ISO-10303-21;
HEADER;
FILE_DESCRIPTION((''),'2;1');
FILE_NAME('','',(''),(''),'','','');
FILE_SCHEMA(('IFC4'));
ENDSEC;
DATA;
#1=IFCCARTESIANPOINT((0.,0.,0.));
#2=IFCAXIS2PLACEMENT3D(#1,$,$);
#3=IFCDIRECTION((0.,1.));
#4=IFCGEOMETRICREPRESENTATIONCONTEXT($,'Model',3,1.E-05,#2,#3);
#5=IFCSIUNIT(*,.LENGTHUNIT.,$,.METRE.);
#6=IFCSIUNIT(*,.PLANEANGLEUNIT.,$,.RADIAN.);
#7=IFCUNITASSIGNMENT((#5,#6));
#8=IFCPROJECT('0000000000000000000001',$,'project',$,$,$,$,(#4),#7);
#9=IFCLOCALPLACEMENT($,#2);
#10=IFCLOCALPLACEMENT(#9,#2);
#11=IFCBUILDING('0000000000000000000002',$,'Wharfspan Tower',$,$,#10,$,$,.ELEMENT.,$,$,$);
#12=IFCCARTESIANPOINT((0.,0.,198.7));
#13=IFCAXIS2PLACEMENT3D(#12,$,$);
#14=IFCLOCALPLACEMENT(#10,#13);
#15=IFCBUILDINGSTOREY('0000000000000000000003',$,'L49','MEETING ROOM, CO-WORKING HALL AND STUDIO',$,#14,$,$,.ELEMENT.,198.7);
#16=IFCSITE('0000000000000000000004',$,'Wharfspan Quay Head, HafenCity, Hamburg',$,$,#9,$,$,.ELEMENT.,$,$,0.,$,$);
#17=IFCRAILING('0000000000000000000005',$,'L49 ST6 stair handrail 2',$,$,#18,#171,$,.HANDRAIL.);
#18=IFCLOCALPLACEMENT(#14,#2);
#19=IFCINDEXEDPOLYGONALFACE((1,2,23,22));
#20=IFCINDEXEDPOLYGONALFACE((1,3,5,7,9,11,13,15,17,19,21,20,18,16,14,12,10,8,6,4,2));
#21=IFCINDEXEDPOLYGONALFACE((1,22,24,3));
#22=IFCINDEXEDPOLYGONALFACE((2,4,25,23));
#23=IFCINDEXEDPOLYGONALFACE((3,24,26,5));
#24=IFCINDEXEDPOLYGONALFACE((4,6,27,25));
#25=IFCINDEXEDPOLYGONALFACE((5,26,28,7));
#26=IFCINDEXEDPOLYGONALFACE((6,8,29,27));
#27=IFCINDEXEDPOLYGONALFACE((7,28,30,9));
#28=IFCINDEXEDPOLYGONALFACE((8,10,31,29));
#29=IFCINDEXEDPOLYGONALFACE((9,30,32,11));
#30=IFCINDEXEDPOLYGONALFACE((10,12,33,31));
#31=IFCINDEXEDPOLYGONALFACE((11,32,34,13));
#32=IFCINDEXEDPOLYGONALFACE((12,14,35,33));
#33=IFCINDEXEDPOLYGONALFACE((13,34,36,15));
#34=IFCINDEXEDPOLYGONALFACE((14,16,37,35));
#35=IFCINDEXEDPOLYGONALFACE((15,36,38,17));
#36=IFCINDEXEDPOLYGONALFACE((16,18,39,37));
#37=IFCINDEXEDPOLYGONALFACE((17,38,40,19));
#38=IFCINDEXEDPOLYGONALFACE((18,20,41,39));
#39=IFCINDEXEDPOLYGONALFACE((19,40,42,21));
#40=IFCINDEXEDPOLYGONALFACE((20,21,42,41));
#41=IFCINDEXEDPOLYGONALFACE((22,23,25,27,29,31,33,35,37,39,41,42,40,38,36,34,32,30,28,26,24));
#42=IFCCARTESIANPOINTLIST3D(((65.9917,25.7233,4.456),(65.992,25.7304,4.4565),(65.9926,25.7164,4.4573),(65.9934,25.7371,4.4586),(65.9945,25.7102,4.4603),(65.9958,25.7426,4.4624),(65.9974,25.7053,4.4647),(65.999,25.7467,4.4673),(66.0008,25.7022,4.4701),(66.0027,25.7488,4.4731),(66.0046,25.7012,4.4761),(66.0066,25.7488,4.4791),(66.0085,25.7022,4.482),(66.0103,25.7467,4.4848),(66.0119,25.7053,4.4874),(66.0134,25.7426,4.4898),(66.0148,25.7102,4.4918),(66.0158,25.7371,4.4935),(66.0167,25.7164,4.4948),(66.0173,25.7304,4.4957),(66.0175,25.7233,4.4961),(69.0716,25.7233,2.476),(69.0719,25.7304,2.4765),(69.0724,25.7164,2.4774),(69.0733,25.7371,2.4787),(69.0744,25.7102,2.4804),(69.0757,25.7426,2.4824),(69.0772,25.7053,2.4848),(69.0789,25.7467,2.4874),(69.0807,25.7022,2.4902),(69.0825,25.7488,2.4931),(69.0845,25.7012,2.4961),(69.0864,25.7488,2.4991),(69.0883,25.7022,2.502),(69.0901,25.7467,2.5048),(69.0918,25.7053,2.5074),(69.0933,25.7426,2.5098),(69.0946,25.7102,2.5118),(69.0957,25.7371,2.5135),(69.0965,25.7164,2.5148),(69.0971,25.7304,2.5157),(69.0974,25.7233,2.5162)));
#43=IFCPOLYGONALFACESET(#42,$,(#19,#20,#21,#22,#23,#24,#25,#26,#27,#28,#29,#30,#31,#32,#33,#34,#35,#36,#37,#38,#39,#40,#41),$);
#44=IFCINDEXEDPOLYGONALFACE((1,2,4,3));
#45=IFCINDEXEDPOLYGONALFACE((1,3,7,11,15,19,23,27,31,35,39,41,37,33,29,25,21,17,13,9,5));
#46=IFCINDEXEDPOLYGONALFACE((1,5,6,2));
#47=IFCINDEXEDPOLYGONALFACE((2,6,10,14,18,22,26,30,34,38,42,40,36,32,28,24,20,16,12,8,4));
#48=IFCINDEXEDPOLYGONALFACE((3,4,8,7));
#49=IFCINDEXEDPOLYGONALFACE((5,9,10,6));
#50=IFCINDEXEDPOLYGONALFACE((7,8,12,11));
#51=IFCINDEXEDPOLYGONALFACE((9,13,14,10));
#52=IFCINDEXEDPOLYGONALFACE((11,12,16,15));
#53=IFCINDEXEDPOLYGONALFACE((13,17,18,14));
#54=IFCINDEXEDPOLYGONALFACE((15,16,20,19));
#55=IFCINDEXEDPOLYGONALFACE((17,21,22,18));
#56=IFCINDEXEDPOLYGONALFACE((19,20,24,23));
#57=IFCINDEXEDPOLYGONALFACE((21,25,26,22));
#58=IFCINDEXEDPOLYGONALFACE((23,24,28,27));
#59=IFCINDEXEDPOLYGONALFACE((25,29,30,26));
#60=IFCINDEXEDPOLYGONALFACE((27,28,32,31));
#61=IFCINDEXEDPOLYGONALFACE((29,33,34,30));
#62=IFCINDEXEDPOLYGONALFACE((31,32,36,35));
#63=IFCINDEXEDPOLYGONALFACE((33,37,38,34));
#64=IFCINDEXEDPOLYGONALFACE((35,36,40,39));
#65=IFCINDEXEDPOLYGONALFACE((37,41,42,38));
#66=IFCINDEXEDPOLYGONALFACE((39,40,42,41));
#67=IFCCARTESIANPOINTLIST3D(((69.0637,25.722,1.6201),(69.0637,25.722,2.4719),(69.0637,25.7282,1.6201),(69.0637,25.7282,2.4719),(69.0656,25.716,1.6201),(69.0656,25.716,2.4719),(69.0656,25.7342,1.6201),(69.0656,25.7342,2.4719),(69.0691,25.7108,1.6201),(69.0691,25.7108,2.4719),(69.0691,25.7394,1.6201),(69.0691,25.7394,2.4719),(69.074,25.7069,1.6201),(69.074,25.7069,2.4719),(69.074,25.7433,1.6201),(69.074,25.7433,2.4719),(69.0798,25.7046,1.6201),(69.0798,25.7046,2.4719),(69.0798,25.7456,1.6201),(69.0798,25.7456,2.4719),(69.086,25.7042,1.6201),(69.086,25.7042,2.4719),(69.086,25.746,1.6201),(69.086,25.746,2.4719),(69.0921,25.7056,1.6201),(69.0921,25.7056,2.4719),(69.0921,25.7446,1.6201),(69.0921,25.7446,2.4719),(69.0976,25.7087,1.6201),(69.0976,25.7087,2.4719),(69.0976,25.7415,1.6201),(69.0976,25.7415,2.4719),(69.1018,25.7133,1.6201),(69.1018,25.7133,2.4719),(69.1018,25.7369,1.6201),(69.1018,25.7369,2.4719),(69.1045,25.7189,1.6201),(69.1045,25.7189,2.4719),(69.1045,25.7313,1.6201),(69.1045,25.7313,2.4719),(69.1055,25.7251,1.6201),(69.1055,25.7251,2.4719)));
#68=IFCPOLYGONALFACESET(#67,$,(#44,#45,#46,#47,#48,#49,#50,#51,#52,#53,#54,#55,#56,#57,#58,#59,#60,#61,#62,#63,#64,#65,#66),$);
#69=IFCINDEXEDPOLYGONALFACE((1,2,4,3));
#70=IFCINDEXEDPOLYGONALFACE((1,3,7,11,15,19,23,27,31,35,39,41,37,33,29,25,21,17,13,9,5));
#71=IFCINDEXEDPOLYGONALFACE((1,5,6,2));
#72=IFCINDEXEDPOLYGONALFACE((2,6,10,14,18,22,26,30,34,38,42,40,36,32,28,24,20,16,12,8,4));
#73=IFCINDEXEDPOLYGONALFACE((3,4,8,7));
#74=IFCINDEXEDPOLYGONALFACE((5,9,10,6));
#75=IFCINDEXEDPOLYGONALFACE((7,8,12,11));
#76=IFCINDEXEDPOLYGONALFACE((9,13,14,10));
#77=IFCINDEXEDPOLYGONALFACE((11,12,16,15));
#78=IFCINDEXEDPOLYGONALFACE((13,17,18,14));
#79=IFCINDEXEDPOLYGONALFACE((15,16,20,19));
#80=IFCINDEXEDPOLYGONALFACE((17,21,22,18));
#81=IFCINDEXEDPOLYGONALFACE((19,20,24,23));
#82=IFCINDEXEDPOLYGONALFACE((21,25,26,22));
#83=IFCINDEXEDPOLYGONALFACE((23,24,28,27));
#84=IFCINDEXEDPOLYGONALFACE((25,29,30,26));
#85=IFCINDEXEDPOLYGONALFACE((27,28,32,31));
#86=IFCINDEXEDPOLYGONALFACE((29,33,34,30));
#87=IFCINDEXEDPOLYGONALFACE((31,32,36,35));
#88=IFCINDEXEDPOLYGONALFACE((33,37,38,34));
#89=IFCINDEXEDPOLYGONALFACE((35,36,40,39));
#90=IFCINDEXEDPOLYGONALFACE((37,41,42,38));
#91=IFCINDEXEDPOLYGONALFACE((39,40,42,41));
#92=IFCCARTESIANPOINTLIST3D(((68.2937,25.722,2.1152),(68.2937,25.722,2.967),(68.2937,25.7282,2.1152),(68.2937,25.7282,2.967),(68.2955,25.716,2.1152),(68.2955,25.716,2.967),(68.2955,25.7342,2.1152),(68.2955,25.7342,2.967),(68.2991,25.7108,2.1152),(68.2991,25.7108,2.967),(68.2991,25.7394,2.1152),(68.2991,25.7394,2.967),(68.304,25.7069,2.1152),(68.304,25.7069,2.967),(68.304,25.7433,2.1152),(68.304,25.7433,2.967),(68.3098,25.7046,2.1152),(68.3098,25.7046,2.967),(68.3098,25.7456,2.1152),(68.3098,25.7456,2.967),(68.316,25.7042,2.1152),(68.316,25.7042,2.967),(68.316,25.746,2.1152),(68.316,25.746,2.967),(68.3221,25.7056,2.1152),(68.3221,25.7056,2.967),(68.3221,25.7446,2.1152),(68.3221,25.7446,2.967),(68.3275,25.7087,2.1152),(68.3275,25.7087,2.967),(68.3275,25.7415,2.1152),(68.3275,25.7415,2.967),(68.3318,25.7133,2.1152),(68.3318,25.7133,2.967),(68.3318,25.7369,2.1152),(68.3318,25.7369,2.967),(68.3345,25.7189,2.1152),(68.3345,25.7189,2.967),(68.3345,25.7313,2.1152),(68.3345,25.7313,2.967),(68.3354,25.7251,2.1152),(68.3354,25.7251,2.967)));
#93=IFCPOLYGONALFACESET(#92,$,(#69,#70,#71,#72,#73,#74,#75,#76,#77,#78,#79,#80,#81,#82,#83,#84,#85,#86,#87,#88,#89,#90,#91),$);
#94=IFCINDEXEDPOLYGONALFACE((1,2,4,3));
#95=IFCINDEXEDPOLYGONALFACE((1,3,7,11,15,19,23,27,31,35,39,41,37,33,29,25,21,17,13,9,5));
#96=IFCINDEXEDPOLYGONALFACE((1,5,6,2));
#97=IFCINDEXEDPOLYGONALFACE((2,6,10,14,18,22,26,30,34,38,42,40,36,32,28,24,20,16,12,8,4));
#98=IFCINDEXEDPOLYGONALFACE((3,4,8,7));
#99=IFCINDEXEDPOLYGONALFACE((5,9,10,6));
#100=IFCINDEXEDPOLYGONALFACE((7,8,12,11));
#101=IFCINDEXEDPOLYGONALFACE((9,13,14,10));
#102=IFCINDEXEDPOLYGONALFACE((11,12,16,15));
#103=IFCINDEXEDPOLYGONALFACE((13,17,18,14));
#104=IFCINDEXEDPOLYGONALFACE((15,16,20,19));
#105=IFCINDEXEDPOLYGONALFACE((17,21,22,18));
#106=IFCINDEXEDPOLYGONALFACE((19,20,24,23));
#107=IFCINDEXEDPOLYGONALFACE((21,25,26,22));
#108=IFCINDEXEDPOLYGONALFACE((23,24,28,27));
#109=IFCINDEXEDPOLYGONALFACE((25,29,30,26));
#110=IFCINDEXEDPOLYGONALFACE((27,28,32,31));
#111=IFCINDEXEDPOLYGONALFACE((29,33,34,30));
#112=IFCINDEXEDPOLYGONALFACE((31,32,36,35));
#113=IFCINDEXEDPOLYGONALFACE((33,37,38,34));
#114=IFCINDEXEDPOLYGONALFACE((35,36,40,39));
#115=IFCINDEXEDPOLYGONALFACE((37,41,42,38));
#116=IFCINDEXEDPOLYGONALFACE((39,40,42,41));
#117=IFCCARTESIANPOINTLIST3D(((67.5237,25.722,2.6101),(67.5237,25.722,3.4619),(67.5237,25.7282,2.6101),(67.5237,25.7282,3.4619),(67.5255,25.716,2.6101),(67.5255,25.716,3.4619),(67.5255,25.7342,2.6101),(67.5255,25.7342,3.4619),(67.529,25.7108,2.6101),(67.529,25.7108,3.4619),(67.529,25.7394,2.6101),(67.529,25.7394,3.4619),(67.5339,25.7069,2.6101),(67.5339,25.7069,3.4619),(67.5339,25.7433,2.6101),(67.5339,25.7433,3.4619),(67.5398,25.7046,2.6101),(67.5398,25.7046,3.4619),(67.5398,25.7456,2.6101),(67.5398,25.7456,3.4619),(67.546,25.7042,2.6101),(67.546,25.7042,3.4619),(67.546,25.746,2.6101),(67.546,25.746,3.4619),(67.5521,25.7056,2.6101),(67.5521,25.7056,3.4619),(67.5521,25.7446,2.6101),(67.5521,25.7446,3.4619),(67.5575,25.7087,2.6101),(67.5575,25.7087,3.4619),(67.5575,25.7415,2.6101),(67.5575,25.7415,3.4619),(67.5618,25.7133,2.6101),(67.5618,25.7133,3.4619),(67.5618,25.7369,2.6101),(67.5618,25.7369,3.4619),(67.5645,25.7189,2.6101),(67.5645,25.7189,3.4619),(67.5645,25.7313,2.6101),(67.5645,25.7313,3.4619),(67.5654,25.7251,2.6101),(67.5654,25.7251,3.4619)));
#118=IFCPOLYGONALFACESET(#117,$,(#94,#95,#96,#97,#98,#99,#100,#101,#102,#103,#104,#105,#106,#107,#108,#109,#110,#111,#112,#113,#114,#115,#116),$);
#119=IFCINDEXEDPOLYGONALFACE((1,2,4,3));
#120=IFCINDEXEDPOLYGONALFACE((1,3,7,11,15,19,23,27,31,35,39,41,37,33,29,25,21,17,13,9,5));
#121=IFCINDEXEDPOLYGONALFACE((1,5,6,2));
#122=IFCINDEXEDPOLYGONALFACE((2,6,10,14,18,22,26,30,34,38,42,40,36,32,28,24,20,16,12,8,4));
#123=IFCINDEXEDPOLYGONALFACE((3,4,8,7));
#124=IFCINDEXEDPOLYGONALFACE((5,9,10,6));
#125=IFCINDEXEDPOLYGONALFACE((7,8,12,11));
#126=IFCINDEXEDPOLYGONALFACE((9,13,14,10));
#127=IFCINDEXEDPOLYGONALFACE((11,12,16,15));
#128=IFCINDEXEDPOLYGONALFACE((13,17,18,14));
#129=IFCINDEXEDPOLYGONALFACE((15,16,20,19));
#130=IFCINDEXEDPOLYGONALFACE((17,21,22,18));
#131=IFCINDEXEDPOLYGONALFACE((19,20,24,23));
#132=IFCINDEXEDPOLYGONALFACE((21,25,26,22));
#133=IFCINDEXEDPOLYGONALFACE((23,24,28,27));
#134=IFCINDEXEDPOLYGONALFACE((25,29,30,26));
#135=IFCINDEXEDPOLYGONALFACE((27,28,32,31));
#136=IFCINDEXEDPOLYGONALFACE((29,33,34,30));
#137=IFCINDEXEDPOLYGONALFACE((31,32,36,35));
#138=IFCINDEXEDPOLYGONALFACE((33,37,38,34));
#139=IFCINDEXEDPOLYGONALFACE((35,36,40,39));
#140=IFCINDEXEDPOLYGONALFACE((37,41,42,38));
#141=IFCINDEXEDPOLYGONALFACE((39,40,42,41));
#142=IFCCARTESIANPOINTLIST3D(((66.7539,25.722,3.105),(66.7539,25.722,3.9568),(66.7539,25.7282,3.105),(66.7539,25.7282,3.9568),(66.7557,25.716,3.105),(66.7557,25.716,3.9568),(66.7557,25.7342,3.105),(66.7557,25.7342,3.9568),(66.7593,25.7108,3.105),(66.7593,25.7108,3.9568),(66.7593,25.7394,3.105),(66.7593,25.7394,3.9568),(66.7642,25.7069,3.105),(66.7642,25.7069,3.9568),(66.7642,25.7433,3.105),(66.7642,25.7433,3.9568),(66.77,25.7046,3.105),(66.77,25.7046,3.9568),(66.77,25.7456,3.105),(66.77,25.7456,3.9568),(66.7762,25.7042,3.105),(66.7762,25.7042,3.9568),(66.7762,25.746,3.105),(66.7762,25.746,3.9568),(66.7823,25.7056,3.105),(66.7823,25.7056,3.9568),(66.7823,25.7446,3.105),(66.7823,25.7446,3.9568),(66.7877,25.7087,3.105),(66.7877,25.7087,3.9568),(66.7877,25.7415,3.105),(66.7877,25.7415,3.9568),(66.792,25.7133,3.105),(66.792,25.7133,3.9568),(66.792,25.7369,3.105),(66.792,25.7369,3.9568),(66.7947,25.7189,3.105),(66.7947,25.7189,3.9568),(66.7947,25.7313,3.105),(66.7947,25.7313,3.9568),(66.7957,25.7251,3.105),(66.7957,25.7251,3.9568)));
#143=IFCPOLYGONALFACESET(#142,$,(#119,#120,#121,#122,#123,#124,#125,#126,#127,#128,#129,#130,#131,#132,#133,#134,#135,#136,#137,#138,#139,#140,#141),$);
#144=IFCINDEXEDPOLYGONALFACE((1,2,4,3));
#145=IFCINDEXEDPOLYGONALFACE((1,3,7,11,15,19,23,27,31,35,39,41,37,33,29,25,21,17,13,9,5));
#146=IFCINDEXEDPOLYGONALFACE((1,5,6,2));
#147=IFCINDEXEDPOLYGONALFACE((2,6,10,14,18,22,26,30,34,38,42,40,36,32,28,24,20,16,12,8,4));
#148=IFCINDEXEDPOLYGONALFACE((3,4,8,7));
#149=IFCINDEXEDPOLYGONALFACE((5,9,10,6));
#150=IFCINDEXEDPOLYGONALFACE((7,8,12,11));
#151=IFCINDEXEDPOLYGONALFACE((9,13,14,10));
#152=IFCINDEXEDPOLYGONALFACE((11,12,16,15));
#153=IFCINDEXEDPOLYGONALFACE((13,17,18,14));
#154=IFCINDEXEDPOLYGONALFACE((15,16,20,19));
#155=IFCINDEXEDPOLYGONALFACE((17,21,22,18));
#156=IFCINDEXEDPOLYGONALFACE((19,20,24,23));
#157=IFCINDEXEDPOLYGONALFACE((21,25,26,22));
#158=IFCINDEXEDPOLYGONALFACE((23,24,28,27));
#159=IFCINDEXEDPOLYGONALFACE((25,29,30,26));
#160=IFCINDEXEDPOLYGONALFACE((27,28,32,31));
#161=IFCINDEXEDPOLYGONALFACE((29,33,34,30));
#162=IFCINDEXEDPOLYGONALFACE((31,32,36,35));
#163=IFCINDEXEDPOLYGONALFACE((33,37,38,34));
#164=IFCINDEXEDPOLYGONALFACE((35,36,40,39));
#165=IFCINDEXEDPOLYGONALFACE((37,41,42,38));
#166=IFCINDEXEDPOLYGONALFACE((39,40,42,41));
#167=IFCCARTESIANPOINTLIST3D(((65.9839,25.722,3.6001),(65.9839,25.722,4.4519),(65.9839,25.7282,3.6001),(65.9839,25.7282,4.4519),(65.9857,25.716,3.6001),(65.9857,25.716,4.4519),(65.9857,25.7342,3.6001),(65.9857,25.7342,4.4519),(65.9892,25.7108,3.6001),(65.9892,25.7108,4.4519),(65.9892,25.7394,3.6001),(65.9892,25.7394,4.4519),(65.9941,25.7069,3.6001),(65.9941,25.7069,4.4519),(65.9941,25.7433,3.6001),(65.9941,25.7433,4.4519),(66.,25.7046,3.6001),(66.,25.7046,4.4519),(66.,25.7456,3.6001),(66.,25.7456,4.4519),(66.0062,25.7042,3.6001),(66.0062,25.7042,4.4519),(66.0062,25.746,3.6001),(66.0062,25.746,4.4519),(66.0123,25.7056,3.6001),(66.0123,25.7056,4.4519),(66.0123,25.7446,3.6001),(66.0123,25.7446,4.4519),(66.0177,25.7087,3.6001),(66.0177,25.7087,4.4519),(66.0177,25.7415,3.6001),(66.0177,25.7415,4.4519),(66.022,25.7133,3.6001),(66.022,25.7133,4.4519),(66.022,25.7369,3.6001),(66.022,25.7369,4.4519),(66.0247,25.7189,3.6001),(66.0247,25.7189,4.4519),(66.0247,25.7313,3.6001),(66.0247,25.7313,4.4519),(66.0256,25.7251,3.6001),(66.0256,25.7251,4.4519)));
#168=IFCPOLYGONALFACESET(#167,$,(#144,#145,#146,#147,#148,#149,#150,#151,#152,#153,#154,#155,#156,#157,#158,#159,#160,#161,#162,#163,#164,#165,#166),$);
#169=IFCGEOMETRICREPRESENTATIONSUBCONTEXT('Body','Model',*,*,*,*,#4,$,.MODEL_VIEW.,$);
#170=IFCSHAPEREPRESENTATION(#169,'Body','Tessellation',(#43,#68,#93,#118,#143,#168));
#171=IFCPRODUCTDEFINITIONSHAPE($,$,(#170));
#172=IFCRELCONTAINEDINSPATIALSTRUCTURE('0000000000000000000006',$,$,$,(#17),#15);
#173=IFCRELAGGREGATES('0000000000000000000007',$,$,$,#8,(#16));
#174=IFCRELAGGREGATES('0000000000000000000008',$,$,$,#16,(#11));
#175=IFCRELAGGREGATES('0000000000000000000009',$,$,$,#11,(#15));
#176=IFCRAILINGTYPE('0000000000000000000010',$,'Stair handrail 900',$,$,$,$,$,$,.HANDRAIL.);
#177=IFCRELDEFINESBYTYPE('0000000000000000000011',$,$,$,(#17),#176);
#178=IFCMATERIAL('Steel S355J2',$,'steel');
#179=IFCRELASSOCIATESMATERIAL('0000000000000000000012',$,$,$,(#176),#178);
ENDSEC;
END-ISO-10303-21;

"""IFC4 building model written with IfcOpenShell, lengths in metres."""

from ifc_helpers import new_model, si_unit, direction, frame, origin, origin_2d, place, context, subcontext, project, spatial, circle, extrude, material, type_object, element, save


model = new_model("IFC4")

# Units and contexts
model_context = context("Model", 3, precision=1e-05, world=origin(), true_north=direction((0.0, 1.0)))
body_context = subcontext(model_context, "Body", "Model", "MODEL_VIEW")
ifc_project = project(units=[si_unit("LENGTHUNIT", "METRE"), si_unit("PLANEANGLEUNIT", "RADIAN")], contexts=[model_context])

# Site, building, storey
site_placement = place(None, origin())
site = spatial("IfcSite", under=ifc_project, at=site_placement, Name="Wharfspan Quay Head, HafenCity, Hamburg", CompositionType="ELEMENT", RefElevation=0.0)
building_placement = place(site_placement, origin())
building = spatial("IfcBuilding", under=site, at=building_placement, Name="Wharfspan Tower", CompositionType="ELEMENT")
storey_placement = place(building_placement, frame((0.0, 0.0, 198.7)))
storey = spatial("IfcBuildingStorey", under=building, at=storey_placement, Name="L49", Description="MEETING ROOM, CO-WORKING HALL AND STUDIO", CompositionType="ELEMENT", Elevation=198.7)

# Shared definitions
ifc_material_1 = material(Name="Steel S355J2", Category="steel")

# Railing
railing_type_1 = type_object("IfcRailingType", Name="Stair handrail 900", PredefinedType="HANDRAIL", material=ifc_material_1)
railing_1_placement = place(storey_placement, frame((69.0845, 25.7251, 1.6201)))
element("IfcRailing", 1, at=railing_1_placement, inside=storey, type_object=railing_type_1, Name="L49 ST6 stair handrail 2", PredefinedType="HANDRAIL", context=body_context, shape_type="SweptSolid", body=[
    extrude(circle(Radius=0.0239, at=origin_2d()), frame((0.0, 0.0, 0.876), z_axis=(-0.841168, 0.0, 0.540774), x_axis=(0.0, -1.0, 0.0)), (0.0, 0.0, 1.0), 3.6614),
    extrude(circle(Radius=0.021, at=origin_2d()), origin(), (0.0, 0.0, 1.0), 0.8518),
    extrude(circle(Radius=0.021, at=origin_2d()), frame((-0.77, 0.0, 0.4951)), (0.0, 0.0, 1.0), 0.8518),
    extrude(circle(Radius=0.021, at=origin_2d()), frame((-1.54, 0.0, 0.99)), (0.0, 0.0, 1.0), 0.8518),
    extrude(circle(Radius=0.021, at=origin_2d()), frame((-2.3098, 0.0, 1.4849)), (0.0, 0.0, 1.0), 0.8518),
    extrude(circle(Radius=0.021, at=origin_2d()), frame((-3.0798, 0.0, 1.98)), (0.0, 0.0, 1.0), 0.8518),
])

save(model, "model.ifc")
